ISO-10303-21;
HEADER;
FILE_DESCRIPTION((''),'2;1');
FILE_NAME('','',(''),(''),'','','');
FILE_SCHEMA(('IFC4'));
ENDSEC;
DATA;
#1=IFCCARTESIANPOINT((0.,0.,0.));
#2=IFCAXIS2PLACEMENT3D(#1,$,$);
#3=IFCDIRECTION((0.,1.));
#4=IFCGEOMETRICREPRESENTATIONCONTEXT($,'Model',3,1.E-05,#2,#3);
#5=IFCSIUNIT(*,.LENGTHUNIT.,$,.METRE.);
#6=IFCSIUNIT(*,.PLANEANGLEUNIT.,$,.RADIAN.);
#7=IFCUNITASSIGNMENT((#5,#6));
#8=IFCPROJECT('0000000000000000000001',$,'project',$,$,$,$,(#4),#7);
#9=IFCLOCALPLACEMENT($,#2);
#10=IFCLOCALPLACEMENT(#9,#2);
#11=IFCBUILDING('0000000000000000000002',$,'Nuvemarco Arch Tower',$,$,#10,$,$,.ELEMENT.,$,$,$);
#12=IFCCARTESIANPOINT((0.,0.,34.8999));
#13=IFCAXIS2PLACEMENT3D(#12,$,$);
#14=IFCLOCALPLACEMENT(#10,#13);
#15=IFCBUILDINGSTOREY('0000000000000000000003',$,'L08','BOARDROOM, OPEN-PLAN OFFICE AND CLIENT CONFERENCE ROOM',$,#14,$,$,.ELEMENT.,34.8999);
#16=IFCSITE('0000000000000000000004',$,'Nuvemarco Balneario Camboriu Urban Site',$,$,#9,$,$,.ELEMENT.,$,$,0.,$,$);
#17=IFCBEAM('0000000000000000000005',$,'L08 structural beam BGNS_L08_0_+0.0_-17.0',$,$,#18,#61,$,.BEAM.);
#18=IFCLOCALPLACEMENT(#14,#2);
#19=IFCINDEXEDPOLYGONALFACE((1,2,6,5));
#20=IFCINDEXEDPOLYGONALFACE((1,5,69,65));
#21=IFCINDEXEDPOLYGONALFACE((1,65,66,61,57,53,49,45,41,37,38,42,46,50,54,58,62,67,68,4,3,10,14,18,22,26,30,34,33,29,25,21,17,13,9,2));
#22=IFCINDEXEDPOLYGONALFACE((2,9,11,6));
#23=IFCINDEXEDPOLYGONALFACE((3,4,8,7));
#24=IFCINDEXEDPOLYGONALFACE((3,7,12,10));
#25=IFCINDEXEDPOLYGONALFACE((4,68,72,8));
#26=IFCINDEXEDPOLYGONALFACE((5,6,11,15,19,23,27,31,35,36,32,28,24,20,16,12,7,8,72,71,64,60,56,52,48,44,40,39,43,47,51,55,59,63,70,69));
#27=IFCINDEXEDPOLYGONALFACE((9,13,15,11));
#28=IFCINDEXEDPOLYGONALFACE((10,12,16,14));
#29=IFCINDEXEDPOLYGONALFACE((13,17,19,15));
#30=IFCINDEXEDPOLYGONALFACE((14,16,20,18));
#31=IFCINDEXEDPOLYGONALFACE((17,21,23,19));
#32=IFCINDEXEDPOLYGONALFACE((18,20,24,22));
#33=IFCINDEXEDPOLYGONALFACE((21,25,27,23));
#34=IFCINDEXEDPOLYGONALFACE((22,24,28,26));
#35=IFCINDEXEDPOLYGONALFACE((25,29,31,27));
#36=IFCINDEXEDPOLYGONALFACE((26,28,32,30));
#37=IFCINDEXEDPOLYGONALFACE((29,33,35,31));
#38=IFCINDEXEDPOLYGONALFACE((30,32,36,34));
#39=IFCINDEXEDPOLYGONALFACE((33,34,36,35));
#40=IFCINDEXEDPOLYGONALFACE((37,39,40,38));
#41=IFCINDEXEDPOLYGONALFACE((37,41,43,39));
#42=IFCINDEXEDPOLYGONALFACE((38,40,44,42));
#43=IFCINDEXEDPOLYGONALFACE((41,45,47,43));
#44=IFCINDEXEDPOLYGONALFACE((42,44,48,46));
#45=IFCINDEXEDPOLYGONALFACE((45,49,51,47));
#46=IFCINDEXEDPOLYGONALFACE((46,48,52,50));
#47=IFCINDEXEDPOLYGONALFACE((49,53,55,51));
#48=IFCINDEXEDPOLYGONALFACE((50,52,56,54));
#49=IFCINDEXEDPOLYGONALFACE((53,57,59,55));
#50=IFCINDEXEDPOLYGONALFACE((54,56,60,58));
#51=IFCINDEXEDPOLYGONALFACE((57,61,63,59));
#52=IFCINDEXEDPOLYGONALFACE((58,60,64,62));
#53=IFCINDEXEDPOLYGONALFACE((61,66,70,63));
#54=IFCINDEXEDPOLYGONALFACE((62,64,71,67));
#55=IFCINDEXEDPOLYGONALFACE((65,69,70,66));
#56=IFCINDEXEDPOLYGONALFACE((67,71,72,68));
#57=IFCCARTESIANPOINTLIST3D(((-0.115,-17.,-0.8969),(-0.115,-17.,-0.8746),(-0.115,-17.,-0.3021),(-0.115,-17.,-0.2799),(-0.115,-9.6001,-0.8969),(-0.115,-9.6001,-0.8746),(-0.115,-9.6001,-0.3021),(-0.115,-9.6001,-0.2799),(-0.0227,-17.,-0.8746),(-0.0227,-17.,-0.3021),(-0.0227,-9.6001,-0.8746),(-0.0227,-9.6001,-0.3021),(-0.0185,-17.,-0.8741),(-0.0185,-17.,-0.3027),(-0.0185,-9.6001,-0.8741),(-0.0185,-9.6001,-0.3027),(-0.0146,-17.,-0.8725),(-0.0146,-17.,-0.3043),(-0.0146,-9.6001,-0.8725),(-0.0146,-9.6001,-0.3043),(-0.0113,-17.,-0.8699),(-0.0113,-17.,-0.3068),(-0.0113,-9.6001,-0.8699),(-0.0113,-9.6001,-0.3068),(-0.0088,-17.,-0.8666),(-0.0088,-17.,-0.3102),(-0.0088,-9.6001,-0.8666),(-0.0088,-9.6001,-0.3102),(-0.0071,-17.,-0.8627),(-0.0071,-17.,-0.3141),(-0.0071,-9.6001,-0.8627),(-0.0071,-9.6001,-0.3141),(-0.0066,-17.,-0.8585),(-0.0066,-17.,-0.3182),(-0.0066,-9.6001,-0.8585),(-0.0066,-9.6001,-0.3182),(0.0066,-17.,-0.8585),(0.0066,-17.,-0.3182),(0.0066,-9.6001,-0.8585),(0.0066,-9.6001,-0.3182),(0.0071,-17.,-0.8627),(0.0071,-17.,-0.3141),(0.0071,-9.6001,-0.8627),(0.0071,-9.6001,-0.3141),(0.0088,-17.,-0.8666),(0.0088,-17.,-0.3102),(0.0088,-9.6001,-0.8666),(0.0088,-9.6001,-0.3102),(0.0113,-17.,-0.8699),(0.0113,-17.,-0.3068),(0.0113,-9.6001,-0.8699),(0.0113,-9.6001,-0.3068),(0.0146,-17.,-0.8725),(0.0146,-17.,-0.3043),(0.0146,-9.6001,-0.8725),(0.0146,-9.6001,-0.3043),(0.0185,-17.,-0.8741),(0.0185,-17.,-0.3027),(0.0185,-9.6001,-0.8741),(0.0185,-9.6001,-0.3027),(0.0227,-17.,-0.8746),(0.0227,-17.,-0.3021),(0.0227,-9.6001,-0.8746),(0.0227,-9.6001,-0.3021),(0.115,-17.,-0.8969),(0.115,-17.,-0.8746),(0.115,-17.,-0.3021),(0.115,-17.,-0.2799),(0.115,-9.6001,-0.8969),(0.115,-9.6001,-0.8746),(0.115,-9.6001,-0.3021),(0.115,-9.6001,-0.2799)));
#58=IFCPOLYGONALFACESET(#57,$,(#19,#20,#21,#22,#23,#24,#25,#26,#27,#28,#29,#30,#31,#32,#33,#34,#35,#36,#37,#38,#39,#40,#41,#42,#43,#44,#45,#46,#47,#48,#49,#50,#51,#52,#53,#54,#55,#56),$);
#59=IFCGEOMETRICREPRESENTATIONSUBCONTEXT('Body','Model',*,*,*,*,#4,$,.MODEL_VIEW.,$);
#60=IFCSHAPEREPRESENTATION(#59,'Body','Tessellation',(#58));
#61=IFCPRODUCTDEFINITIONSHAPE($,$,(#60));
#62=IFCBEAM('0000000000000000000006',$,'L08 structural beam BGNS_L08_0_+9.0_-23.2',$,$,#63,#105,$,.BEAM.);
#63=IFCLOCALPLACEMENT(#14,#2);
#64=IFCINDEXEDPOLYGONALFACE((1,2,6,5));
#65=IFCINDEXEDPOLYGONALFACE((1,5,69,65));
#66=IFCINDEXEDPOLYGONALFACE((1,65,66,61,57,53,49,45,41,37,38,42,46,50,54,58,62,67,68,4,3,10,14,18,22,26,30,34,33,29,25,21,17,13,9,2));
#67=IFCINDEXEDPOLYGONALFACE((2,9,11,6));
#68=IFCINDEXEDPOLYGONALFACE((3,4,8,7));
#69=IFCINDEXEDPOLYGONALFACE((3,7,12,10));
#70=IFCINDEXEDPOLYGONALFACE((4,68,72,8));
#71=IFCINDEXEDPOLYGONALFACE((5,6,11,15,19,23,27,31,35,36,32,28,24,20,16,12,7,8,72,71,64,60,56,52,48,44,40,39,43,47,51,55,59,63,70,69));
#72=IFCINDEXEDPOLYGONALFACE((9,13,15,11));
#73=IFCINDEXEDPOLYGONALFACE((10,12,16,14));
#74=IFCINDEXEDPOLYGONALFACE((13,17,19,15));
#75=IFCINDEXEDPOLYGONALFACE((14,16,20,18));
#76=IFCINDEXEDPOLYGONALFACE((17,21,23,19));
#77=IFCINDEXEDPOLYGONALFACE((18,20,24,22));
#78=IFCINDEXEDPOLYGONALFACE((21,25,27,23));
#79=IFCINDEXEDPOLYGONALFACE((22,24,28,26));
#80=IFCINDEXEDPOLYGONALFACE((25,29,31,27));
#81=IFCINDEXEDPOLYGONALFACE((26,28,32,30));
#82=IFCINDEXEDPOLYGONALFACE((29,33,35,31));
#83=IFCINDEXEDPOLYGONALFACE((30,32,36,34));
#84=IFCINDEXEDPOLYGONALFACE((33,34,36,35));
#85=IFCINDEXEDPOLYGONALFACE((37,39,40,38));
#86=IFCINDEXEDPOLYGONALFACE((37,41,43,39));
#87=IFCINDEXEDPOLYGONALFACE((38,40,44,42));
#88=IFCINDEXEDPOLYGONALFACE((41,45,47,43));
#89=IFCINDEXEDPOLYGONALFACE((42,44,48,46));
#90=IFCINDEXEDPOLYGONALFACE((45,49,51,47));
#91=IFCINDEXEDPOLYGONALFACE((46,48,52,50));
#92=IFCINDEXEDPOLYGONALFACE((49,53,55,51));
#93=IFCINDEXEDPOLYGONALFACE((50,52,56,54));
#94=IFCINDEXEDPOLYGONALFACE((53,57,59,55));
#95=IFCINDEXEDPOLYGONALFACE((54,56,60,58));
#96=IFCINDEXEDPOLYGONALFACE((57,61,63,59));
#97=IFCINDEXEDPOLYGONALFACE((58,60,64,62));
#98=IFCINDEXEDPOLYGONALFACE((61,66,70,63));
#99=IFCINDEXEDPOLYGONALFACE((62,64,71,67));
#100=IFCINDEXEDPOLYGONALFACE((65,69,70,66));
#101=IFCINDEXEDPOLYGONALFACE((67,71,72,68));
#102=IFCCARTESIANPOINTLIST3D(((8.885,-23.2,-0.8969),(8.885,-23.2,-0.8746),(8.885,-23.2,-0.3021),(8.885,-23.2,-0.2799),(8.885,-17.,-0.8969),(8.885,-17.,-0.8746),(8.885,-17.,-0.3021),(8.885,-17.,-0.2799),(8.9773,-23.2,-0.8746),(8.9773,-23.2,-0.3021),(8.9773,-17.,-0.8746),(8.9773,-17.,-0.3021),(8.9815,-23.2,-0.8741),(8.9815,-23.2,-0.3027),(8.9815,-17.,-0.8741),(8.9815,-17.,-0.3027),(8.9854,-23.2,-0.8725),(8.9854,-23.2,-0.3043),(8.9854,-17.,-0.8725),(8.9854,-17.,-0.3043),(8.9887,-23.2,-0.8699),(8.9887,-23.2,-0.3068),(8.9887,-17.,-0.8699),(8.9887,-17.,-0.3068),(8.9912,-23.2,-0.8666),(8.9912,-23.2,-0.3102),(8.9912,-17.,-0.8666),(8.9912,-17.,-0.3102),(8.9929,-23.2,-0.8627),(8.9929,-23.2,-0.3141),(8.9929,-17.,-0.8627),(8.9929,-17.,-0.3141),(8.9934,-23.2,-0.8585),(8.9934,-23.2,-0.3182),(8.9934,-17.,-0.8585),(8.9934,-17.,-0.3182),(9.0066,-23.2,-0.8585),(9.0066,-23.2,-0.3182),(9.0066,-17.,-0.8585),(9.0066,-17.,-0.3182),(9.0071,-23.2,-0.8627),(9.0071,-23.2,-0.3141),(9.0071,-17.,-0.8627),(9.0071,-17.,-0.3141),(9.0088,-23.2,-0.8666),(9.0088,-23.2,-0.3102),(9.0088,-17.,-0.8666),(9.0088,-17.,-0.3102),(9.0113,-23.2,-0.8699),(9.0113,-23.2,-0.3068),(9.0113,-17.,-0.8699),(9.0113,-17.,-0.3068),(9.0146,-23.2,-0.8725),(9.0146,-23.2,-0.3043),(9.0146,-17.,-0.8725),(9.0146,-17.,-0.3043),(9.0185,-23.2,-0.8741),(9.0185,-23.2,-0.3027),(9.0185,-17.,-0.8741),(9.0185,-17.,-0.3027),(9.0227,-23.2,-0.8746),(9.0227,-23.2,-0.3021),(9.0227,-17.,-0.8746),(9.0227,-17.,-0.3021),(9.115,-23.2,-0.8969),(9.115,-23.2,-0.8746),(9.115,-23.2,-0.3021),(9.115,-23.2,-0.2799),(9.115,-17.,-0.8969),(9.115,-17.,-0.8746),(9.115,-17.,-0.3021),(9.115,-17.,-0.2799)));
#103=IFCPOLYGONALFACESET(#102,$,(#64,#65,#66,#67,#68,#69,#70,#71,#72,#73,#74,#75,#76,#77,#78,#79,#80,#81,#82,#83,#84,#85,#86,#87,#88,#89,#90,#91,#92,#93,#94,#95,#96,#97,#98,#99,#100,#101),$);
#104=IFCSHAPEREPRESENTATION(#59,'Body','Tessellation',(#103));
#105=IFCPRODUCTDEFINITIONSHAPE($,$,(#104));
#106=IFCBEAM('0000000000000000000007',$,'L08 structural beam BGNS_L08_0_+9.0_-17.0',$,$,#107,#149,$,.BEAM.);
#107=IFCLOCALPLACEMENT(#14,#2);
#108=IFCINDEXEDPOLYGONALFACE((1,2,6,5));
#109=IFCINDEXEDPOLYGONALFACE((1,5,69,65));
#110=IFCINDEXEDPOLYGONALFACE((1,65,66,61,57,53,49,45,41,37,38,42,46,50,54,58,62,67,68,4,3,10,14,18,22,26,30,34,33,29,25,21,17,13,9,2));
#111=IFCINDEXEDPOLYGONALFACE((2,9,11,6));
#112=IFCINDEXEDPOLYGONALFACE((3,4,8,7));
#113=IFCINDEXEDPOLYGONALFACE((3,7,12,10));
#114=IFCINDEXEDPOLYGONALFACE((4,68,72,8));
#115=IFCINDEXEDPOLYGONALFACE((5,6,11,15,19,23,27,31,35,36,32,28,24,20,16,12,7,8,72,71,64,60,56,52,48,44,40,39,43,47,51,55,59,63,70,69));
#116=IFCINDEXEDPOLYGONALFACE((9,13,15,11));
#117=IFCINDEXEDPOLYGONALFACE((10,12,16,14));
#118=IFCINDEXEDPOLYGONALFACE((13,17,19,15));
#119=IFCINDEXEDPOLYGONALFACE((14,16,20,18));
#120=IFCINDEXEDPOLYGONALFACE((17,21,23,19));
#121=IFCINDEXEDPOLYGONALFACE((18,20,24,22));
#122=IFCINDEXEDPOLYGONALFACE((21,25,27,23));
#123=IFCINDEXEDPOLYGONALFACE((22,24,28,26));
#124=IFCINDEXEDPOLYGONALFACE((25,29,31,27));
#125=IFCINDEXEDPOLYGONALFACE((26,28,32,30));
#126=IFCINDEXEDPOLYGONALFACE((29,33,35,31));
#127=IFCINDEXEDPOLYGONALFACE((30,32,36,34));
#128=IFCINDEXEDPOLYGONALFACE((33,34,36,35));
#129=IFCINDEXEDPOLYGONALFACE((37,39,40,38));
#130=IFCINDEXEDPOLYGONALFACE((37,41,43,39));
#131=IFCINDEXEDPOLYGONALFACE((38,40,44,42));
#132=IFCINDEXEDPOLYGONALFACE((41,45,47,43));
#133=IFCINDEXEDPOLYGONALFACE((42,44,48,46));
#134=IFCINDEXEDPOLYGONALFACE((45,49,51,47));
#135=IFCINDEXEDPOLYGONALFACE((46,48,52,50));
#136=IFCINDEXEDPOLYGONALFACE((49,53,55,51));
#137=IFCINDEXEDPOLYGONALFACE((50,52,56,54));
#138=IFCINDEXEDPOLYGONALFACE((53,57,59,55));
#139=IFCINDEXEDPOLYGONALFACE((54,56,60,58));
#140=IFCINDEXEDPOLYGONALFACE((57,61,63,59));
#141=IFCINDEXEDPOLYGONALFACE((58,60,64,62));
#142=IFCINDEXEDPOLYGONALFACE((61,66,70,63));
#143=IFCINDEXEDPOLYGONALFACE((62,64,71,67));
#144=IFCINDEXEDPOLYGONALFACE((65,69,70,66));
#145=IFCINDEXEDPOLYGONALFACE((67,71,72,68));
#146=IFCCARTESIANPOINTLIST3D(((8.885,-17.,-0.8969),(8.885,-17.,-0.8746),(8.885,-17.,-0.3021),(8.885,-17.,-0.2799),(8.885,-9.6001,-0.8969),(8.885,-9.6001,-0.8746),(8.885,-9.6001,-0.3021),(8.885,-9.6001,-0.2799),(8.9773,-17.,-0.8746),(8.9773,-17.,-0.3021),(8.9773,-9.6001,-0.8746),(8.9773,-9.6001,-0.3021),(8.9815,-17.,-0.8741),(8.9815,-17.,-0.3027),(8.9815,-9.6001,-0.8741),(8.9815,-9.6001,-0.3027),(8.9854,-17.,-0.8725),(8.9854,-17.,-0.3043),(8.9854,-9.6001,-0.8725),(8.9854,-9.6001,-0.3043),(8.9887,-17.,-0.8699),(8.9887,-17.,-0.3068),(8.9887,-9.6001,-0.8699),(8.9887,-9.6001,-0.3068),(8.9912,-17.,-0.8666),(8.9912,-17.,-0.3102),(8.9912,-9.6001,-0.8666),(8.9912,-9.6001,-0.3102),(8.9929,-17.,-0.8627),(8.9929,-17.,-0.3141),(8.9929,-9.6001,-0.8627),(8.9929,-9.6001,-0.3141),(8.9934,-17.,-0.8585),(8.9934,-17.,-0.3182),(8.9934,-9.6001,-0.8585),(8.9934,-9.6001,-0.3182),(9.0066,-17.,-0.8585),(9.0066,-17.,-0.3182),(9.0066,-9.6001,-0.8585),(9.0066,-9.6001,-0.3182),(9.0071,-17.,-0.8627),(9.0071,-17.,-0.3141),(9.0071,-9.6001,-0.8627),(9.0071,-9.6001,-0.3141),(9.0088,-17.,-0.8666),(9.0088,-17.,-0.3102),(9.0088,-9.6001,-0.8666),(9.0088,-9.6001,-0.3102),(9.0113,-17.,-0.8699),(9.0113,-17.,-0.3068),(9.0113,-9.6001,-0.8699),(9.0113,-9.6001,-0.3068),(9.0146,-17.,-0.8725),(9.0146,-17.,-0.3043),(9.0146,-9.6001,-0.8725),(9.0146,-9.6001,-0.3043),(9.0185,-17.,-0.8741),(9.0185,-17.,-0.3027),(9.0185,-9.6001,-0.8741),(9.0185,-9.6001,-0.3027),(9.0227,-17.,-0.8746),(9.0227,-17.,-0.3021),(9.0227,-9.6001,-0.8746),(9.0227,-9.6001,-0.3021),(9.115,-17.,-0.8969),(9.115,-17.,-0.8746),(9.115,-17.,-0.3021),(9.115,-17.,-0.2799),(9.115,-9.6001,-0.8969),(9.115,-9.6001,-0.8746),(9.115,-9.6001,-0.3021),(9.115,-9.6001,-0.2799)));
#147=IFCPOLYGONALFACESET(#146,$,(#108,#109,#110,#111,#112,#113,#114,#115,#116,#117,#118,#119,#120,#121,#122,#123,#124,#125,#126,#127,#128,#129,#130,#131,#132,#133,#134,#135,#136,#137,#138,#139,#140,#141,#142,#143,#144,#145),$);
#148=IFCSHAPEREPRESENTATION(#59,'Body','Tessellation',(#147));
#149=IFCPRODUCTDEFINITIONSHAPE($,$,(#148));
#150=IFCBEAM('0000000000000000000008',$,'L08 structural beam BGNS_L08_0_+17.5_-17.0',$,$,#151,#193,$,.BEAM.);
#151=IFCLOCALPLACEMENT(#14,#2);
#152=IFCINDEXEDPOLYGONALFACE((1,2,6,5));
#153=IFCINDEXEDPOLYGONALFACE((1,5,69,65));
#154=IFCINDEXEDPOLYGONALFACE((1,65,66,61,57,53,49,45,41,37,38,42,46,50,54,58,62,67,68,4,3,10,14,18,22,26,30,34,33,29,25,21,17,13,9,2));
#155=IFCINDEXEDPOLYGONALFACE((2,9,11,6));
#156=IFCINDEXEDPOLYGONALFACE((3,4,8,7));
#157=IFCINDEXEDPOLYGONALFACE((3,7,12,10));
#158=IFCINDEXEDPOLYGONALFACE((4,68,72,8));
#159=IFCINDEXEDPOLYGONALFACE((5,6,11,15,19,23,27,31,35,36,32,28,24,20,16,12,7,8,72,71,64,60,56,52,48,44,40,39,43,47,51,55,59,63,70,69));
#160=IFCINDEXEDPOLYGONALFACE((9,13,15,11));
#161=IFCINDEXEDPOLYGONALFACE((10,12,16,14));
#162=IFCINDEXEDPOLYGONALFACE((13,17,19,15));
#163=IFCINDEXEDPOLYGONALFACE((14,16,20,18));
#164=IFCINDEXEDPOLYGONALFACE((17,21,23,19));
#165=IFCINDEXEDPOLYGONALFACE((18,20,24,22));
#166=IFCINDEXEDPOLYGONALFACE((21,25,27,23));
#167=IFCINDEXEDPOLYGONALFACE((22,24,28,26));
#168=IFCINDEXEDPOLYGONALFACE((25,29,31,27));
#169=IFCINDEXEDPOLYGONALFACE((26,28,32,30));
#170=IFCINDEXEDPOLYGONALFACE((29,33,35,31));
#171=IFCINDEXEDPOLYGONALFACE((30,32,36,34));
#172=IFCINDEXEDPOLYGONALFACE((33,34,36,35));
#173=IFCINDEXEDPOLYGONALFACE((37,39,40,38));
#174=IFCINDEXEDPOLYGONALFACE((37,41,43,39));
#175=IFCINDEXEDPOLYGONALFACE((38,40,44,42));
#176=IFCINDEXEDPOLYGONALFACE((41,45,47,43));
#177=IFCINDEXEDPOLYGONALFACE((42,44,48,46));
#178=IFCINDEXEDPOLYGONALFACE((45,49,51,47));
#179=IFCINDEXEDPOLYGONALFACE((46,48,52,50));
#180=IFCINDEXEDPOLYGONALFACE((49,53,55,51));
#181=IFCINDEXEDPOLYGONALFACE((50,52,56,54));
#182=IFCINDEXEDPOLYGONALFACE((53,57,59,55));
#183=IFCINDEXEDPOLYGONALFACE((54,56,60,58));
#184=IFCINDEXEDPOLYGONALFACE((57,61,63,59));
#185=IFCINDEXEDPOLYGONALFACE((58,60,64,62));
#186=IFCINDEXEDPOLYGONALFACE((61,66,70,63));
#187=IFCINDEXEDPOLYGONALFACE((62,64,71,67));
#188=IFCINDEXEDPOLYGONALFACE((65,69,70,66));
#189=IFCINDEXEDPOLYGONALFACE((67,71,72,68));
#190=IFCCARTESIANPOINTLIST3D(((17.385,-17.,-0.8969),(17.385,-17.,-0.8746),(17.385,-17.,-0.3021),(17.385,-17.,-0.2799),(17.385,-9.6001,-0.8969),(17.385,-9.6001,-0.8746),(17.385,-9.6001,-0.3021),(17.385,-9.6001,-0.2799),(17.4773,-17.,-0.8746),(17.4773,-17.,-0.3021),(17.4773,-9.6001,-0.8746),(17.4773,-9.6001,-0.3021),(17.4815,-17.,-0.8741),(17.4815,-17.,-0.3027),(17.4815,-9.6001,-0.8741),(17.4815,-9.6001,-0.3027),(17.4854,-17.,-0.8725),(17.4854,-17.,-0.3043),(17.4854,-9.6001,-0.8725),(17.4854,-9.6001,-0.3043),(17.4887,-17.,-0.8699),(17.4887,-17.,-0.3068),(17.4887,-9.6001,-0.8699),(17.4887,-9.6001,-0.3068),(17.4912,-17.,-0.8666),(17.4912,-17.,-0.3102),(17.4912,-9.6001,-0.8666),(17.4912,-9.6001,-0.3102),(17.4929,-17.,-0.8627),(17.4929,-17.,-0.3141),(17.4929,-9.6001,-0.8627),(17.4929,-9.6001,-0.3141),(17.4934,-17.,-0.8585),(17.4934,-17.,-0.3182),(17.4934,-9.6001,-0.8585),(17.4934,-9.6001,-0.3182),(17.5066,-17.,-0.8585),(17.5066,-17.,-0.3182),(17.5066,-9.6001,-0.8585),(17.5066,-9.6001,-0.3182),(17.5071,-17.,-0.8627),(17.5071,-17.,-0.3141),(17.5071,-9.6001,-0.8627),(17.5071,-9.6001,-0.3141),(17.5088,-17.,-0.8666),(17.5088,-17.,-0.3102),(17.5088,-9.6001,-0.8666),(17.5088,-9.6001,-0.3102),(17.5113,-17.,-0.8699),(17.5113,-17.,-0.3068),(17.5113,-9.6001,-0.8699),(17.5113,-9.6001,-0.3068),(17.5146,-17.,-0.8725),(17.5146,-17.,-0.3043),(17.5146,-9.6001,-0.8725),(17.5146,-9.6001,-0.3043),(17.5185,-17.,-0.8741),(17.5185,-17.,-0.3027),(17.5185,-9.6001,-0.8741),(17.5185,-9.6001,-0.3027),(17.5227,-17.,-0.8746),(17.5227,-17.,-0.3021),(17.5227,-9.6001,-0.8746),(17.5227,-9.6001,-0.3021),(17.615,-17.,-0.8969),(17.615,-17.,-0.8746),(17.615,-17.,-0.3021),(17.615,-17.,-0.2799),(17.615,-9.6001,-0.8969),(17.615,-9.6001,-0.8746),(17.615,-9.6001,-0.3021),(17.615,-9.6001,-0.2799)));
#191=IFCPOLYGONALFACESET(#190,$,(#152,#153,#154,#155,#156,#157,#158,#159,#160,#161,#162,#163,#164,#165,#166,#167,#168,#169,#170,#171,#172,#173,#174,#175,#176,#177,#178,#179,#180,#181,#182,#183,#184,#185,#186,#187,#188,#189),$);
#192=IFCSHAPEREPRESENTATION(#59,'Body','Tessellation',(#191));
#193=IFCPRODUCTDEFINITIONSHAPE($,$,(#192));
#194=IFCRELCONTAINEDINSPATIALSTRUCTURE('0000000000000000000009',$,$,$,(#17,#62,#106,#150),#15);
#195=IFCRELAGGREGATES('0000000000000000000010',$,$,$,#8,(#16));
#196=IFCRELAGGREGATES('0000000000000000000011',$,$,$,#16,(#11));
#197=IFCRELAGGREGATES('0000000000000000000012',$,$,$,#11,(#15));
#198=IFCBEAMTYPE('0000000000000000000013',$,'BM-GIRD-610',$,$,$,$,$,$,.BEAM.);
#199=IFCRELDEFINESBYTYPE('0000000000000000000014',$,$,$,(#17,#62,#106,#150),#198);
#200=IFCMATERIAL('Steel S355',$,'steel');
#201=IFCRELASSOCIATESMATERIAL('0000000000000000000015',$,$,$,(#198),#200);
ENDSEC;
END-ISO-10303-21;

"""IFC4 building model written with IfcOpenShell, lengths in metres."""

from ifc_helpers import new_model, si_unit, direction, frame, origin, origin_2d, place, context, subcontext, project, spatial, i_section, extrude, material, material_profile, profile_set, type_object, element, save


model = new_model("IFC4")

# Units and contexts
model_context = context("Model", 3, precision=1e-05, world=origin(), true_north=direction((0.0, 1.0)))
body_context = subcontext(model_context, "Body", "Model", "MODEL_VIEW")
ifc_project = project(units=[si_unit("LENGTHUNIT", "METRE"), si_unit("PLANEANGLEUNIT", "RADIAN")], contexts=[model_context])

# Site, building, storey
site_placement = place(None, origin())
site = spatial("IfcSite", under=ifc_project, at=site_placement, Name="Nuvemarco Balneario Camboriu Urban Site", CompositionType="ELEMENT", RefElevation=0.0)
building_placement = place(site_placement, origin())
building = spatial("IfcBuilding", under=site, at=building_placement, Name="Nuvemarco Arch Tower", CompositionType="ELEMENT")
storey_placement = place(building_placement, frame((0.0, 0.0, 34.8999)))
storey = spatial("IfcBuildingStorey", under=building, at=storey_placement, Name="L08", Description="BOARDROOM, OPEN-PLAN OFFICE AND CLIENT CONFERENCE ROOM", CompositionType="ELEMENT", Elevation=34.8999)

# Shared definitions
ifc_material_1 = material(Name="Steel S355", Category="steel")

# Beams
ifc_material_profile_1 = material_profile(ifc_material_1, i_section(OverallWidth=0.23, OverallDepth=0.6169, WebThickness=0.0132, FlangeThickness=0.0222, FilletRadius=0.0161, at=origin_2d()), Name="W610x140")
ifc_profile_set_1 = profile_set([ifc_material_profile_1], Name="Steel S355")
beam_type_1 = type_object("IfcBeamType", Name="BM-GIRD-610", PredefinedType="BEAM", material=ifc_profile_set_1)
beam_1_placement = place(storey_placement, frame((0.0, -17.0, -0.5884), z_axis=(0.0, 1.0, 0.0), x_axis=(-1.0, 0.0, 0.0)))
element("IfcBeam", 1, at=beam_1_placement, inside=storey, type_object=beam_type_1, Name="L08 structural beam BGNS_L08_0_+0.0_-17.0", PredefinedType="BEAM", context=body_context, shape_type="SweptSolid", body=[
    extrude(i_section(OverallWidth=0.23, OverallDepth=0.6169, WebThickness=0.0132, FlangeThickness=0.0222, FilletRadius=0.0161, at=origin_2d()), origin(), (0.0, 0.0, 1.0), 7.3999),
])
beam_2_placement = place(storey_placement, frame((9.0, -23.2, -0.5884), z_axis=(0.0, 1.0, 0.0), x_axis=(-1.0, 0.0, 0.0)))
element("IfcBeam", 2, at=beam_2_placement, inside=storey, type_object=beam_type_1, Name="L08 structural beam BGNS_L08_0_+9.0_-23.2", PredefinedType="BEAM", context=body_context, shape_type="SweptSolid", body=[
    extrude(i_section(OverallWidth=0.23, OverallDepth=0.6169, WebThickness=0.0132, FlangeThickness=0.0222, FilletRadius=0.0161, at=origin_2d()), origin(), (0.0, 0.0, 1.0), 6.2),
])
for number, where, z_axis, x_axis, name in (
    (3, (9.0, -17.0, -0.5884), (0.0, 1.0, 0.0), (-1.0, 0.0, 0.0), "L08 structural beam BGNS_L08_0_+9.0_-17.0"),
    (4, (17.5, -17.0, -0.5884), (0.0, 1.0, 0.0), (-1.0, 0.0, 0.0), "L08 structural beam BGNS_L08_0_+17.5_-17.0"),
):
    element("IfcBeam", number, at=place(storey_placement, frame(where, z_axis=z_axis, x_axis=x_axis)), inside=storey, type_object=beam_type_1, Name=name, PredefinedType="BEAM", context=body_context, shape_type="SweptSolid", body=[
        extrude(i_section(OverallWidth=0.23, OverallDepth=0.6169, WebThickness=0.0132, FlangeThickness=0.0222, FilletRadius=0.0161, at=origin_2d()), origin(), (0.0, 0.0, 1.0), 7.3999),
    ])

save(model, "model.ifc")
